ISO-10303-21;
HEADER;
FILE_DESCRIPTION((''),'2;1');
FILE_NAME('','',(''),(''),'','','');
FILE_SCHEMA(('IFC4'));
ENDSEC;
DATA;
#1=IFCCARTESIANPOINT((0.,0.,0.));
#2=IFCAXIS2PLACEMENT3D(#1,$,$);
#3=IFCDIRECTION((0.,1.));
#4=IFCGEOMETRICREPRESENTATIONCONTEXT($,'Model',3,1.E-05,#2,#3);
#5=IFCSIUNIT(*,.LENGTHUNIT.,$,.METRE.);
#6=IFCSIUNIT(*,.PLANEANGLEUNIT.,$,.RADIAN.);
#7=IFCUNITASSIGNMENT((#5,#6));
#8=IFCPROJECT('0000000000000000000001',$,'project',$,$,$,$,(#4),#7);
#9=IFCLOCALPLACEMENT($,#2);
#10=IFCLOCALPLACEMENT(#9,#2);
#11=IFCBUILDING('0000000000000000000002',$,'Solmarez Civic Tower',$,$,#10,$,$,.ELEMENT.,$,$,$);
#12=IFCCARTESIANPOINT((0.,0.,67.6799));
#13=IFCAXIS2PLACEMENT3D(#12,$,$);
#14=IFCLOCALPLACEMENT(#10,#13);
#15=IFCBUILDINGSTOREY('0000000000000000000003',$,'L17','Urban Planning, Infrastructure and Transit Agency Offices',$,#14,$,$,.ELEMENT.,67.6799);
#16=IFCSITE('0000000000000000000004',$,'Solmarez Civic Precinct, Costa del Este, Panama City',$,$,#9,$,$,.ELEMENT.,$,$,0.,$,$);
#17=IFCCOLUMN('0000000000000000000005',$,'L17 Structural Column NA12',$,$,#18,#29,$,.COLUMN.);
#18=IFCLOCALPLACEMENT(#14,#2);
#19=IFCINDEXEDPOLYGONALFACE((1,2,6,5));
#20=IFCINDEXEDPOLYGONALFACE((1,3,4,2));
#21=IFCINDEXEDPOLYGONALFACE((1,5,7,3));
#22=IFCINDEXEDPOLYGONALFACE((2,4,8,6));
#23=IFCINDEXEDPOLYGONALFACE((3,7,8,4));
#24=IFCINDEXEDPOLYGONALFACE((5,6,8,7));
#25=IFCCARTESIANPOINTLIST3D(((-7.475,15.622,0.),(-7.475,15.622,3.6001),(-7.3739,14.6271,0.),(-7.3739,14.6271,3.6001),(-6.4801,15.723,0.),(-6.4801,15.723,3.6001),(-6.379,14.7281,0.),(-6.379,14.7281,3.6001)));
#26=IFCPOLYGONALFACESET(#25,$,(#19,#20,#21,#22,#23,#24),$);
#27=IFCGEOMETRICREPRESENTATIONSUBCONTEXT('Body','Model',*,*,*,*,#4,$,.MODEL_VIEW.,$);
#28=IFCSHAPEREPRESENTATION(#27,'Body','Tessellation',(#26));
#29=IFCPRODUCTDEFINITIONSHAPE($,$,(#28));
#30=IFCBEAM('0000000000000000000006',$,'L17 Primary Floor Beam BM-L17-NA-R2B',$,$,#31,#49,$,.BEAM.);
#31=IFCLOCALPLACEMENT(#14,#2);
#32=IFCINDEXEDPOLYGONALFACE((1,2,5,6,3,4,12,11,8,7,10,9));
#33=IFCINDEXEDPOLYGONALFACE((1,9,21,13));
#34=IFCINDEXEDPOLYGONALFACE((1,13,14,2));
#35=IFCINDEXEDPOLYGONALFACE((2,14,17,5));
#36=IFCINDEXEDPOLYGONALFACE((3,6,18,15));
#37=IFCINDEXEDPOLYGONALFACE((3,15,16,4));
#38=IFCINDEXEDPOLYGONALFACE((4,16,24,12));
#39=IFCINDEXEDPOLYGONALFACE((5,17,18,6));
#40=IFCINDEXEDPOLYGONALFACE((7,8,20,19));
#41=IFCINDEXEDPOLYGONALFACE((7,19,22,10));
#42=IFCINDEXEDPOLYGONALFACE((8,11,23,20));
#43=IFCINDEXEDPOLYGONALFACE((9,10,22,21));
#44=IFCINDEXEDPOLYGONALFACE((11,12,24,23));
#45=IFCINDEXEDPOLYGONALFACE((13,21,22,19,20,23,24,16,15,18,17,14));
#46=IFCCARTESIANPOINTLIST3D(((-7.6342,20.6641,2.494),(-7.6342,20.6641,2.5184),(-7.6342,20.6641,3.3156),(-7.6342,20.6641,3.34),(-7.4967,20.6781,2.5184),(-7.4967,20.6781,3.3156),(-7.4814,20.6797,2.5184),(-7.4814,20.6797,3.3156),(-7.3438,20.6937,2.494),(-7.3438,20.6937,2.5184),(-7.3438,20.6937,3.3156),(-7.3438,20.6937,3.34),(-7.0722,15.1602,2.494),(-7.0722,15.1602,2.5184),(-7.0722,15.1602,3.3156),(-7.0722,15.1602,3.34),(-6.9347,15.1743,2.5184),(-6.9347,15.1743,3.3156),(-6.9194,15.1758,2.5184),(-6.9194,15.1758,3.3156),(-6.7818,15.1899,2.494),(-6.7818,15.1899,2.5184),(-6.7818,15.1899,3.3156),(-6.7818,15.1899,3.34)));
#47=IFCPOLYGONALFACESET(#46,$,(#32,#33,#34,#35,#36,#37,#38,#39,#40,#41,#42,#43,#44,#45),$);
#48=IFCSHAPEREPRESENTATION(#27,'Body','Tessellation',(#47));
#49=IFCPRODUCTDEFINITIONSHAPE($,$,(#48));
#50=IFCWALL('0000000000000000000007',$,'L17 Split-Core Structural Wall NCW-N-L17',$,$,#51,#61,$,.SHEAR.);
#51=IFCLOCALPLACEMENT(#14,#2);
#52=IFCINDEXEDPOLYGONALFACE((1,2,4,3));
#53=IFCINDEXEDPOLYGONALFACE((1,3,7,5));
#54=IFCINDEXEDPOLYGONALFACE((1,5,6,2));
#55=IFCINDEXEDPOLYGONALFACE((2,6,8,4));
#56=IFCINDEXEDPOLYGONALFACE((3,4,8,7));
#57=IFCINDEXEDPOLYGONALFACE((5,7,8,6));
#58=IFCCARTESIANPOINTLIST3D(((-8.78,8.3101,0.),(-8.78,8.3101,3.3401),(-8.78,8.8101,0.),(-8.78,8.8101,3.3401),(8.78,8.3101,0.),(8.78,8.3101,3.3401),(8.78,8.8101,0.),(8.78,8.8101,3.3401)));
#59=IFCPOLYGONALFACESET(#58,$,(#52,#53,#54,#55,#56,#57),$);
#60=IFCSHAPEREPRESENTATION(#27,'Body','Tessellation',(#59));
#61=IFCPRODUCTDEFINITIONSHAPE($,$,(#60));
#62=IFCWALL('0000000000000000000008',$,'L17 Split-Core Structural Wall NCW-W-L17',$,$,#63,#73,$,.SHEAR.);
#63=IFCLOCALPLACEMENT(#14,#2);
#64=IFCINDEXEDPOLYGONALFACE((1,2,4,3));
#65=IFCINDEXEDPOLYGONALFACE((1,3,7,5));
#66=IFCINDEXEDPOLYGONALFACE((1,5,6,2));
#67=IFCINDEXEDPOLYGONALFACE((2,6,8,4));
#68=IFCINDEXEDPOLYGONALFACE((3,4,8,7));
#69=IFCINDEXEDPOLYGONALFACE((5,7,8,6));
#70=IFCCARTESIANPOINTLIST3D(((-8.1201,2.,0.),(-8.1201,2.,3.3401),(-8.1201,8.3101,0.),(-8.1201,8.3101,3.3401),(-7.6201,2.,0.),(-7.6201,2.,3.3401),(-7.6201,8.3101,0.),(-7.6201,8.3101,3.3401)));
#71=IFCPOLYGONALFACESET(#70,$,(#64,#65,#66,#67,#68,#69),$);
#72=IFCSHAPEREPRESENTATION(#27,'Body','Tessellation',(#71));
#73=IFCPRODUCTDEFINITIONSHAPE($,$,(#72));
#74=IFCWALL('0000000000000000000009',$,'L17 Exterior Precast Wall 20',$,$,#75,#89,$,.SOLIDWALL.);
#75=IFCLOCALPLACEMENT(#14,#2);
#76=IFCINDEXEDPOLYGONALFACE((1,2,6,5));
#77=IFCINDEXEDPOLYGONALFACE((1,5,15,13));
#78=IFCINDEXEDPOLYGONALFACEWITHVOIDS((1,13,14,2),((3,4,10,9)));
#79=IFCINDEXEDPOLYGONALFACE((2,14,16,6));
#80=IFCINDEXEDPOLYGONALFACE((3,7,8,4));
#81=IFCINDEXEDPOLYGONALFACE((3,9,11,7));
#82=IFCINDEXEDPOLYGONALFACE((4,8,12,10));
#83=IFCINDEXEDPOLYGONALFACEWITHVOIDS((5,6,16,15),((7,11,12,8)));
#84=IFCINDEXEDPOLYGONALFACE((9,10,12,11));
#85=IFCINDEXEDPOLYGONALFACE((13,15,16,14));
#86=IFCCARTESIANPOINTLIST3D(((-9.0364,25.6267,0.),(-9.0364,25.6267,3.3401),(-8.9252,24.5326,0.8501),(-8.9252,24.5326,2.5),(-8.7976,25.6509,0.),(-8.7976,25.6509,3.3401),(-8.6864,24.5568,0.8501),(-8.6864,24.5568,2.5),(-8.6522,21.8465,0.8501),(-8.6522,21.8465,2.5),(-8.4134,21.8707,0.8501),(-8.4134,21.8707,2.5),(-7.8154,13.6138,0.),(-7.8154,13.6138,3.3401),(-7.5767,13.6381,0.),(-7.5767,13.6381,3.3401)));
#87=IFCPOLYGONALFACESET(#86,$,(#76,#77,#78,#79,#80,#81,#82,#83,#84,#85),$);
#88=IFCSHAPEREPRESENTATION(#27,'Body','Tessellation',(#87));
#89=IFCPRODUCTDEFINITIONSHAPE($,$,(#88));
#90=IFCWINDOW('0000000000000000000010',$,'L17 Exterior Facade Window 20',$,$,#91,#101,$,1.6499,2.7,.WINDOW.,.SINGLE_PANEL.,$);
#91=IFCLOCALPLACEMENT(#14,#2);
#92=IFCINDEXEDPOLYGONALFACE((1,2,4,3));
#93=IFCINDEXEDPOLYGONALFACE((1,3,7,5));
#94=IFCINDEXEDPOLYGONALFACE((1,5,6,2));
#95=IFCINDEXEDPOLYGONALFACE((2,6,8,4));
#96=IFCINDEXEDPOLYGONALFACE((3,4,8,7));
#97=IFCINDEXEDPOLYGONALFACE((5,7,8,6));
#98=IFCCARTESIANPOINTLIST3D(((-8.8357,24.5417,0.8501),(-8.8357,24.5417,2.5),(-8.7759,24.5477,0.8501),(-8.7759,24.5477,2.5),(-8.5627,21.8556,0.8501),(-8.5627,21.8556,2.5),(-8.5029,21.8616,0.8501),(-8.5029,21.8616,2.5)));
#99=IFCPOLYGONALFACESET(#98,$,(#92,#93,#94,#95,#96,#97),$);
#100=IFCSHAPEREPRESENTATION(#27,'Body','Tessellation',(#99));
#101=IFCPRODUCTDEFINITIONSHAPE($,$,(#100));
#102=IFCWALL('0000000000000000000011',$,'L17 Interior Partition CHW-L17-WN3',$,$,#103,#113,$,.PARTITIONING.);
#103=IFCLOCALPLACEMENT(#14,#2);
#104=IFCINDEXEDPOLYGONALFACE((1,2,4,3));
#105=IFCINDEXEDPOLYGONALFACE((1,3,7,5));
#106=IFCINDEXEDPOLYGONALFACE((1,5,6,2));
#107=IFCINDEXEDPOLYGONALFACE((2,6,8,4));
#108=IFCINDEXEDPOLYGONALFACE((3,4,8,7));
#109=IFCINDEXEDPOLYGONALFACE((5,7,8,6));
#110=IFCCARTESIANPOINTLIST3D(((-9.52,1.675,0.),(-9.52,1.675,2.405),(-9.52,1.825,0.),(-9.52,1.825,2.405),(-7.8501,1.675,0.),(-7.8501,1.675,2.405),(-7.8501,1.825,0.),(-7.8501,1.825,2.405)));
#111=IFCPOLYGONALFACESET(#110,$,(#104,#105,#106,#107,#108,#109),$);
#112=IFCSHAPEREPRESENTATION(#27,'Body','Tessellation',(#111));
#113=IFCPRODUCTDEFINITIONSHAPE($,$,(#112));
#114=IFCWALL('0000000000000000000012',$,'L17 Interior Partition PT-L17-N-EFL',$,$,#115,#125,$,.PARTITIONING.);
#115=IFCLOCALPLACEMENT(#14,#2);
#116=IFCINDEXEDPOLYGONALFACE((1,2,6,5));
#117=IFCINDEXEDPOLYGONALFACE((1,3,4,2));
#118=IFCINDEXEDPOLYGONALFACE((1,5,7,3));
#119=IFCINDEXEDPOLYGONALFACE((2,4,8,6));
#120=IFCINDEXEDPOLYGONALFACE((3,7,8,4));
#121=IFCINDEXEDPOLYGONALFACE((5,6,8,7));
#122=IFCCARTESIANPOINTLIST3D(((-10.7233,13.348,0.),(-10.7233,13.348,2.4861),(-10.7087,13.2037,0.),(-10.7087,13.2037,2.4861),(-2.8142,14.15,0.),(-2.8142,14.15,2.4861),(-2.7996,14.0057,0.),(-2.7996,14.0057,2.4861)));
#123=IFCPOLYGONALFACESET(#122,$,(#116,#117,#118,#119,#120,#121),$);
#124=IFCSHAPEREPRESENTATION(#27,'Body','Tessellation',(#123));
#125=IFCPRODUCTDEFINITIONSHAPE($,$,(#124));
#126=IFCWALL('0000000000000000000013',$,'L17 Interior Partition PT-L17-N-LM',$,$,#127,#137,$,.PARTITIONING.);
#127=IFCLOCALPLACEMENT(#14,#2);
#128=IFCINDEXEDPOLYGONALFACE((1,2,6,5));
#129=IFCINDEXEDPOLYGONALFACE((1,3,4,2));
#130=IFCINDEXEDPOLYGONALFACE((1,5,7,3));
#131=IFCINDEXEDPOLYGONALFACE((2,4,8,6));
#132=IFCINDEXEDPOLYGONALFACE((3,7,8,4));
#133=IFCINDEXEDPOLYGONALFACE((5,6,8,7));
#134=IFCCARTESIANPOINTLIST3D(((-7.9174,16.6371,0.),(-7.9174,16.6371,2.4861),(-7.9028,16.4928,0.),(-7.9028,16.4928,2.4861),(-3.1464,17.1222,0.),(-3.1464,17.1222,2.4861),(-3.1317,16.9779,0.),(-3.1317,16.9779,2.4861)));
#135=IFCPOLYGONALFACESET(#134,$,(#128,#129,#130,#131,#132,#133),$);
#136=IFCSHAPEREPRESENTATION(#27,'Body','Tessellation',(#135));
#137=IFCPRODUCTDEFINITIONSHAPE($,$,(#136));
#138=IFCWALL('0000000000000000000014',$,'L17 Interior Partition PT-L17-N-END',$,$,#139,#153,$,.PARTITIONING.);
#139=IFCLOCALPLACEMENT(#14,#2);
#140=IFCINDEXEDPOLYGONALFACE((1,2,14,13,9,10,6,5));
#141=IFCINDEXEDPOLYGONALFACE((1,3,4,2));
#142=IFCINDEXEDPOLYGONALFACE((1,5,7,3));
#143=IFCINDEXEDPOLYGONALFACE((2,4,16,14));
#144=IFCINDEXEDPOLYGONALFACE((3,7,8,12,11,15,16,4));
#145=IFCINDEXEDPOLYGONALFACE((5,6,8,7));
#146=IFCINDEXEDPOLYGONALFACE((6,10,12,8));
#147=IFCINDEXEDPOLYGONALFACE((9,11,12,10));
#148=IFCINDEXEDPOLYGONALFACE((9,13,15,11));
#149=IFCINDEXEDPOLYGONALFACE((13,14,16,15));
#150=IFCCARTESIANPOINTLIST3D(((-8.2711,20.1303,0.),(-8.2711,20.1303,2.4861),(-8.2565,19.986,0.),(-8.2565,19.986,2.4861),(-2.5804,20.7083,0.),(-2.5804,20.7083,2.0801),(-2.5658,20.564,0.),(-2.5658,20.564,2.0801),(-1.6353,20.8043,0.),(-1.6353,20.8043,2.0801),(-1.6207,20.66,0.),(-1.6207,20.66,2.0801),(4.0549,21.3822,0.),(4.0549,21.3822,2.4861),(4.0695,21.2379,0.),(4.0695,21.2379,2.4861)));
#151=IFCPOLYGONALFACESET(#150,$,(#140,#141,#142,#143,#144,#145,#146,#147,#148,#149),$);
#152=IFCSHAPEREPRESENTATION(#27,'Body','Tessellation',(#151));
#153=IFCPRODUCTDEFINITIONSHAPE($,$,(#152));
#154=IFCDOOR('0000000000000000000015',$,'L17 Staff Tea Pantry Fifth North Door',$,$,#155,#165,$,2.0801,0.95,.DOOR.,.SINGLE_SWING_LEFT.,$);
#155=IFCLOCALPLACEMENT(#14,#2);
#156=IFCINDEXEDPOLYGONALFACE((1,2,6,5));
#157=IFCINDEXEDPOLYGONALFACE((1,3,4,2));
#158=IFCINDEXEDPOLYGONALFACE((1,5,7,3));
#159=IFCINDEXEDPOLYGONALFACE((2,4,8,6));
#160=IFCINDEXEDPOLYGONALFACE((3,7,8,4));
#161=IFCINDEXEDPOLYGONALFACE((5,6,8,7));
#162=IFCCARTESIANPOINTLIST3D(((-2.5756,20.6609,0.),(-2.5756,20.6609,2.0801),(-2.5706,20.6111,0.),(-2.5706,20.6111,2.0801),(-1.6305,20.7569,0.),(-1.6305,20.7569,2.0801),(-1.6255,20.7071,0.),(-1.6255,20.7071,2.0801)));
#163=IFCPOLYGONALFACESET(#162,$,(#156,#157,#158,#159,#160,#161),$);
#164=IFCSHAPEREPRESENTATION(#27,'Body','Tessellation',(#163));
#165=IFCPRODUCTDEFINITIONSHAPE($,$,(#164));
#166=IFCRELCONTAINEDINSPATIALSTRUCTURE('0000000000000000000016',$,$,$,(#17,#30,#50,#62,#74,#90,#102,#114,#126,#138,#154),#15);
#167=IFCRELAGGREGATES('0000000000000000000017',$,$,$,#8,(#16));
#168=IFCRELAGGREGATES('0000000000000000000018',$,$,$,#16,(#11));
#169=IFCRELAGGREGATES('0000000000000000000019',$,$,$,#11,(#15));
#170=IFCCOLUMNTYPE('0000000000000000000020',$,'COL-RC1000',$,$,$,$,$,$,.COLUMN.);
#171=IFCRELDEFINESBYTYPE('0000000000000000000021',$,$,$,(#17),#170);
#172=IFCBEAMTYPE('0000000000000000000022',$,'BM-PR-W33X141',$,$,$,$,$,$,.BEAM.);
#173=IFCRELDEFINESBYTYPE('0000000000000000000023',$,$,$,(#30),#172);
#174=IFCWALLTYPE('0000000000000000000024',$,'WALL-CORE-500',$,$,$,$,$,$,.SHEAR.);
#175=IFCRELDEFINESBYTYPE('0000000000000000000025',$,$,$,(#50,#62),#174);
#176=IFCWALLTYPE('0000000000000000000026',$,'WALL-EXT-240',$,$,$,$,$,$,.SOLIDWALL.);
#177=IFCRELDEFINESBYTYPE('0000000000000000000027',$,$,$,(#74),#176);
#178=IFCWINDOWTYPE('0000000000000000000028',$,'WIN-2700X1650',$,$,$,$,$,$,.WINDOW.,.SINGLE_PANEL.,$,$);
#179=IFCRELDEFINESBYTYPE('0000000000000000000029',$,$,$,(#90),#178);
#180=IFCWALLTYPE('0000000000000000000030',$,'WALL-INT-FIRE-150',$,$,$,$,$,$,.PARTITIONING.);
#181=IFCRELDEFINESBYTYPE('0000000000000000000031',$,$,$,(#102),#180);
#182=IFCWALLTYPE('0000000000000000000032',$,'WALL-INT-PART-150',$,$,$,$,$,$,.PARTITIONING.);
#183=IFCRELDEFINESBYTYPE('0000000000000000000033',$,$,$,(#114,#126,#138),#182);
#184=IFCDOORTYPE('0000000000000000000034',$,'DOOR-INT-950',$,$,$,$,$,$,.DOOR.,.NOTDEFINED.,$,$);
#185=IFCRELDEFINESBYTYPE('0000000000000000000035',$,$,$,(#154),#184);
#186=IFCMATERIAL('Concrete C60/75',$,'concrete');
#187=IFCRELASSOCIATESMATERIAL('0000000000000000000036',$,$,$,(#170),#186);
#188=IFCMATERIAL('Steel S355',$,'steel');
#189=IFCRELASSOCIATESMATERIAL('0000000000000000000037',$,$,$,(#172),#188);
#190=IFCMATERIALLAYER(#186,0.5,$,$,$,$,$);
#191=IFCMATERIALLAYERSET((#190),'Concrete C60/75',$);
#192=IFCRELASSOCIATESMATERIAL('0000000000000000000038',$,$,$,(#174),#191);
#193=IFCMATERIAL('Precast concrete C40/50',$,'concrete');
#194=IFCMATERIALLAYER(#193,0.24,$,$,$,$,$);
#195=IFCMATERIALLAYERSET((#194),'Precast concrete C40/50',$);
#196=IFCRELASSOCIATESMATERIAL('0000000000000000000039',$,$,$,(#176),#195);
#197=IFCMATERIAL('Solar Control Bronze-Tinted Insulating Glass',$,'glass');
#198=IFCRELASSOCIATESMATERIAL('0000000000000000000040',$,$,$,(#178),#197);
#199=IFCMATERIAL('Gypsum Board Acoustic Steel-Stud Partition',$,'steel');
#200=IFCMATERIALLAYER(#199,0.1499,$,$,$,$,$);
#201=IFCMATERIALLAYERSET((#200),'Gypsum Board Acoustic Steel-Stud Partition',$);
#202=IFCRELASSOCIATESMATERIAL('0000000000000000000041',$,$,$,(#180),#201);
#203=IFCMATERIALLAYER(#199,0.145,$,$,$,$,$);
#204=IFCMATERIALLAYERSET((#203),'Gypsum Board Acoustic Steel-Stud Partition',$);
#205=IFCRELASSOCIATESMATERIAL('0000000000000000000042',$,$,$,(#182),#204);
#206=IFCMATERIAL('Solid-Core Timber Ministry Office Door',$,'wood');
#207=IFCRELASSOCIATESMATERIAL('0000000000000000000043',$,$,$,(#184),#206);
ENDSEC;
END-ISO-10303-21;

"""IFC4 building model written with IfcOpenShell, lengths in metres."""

from ifc_helpers import new_model, si_unit, direction, frame, frame_2d, origin, origin_2d, place, context, subcontext, project, spatial, rectangle, i_section, extrude, material, layer, layer_set, material_profile, profile_set, type_object, element, fill, save


model = new_model("IFC4")

# Units and contexts
model_context = context("Model", 3, precision=1e-05, world=origin(), true_north=direction((0.0, 1.0)))
body_context = subcontext(model_context, "Body", "Model", "MODEL_VIEW")
ifc_project = project(units=[si_unit("LENGTHUNIT", "METRE"), si_unit("PLANEANGLEUNIT", "RADIAN")], contexts=[model_context])

# Site, building, storey
site_placement = place(None, origin())
site = spatial("IfcSite", under=ifc_project, at=site_placement, Name="Solmarez Civic Precinct, Costa del Este, Panama City", CompositionType="ELEMENT", RefElevation=0.0)
building_placement = place(site_placement, origin())
building = spatial("IfcBuilding", under=site, at=building_placement, Name="Solmarez Civic Tower", CompositionType="ELEMENT")
storey_placement = place(building_placement, frame((0.0, 0.0, 67.6799)))
storey = spatial("IfcBuildingStorey", under=building, at=storey_placement, Name="L17", Description="Urban Planning, Infrastructure and Transit Agency Offices", CompositionType="ELEMENT", Elevation=67.6799)

# Column
ifc_material_1 = material(Name="Concrete C60/75", Category="concrete")
ifc_material_profile_1 = material_profile(ifc_material_1, rectangle(XDim=1.0, YDim=1.0, at=origin_2d()), Name="RC1000X1000")
ifc_profile_set_1 = profile_set([ifc_material_profile_1], Name="Concrete C60/75")
column_type = type_object("IfcColumnType", Name="COL-RC1000", PredefinedType="COLUMN", material=ifc_profile_set_1)
column_placement = place(storey_placement, frame((-6.927, 15.175, 0.0), z_axis=(0.0, 0.0, 1.0), x_axis=(0.994881, 0.101056, 0.0)))
element("IfcColumn", 1, at=column_placement, inside=storey, type_object=column_type, Name="L17 Structural Column NA12", PredefinedType="COLUMN", context=body_context, shape_type="SweptSolid", body=[
    extrude(rectangle(XDim=1.0, YDim=1.0, at=origin_2d()), origin(), (0.0, 0.0, 1.0), 3.6001),
])

# Beam
ifc_material_2 = material(Name="Steel S355", Category="steel")
ifc_material_profile_2 = material_profile(ifc_material_2, i_section(OverallWidth=0.292, OverallDepth=0.8459, WebThickness=0.0154, FlangeThickness=0.0244, at=origin_2d()), Name="W33X141")
ifc_profile_set_2 = profile_set([ifc_material_profile_2], Name="Steel S355")
beam_type = type_object("IfcBeamType", Name="BM-PR-W33X141", PredefinedType="BEAM", material=ifc_profile_set_2)
beam_placement = place(storey_placement, frame((-6.927, 15.175, 2.917), z_axis=(-0.101583, 0.994827, 0.0), x_axis=(-0.994827, -0.101583, 0.0)))
element("IfcBeam", 2, at=beam_placement, inside=storey, type_object=beam_type, Name="L17 Primary Floor Beam BM-L17-NA-R2B", PredefinedType="BEAM", context=body_context, shape_type="SweptSolid", body=[
    extrude(i_section(OverallWidth=0.292, OverallDepth=0.8459, WebThickness=0.0154, FlangeThickness=0.0244, at=origin_2d()), origin(), (0.0, 0.0, 1.0), 5.5325),
])

# Walls
ifc_layer_1 = layer(ifc_material_1, 0.5)
ifc_layer_set_1 = layer_set([ifc_layer_1], Name="Concrete C60/75")
wall_type_1 = type_object("IfcWallType", Name="WALL-CORE-500", PredefinedType="SHEAR", material=ifc_layer_set_1)
wall_1_placement = place(storey_placement, frame((-8.78, 8.5601, 0.0), z_axis=(0.0, 0.0, 1.0), x_axis=(1.0, 0.0, 0.0)))
element("IfcWall", 3, at=wall_1_placement, inside=storey, type_object=wall_type_1, Name="L17 Split-Core Structural Wall NCW-N-L17", PredefinedType="SHEAR", context=body_context, shape_type="SweptSolid", body=[
    extrude(rectangle(XDim=17.5601, YDim=0.5, at=frame_2d((8.78, 0.0))), origin(), (0.0, 0.0, 1.0), 3.3401),
])
wall_2_placement = place(storey_placement, frame((-7.8701, 2.0, 0.0), z_axis=(0.0, 0.0, 1.0), x_axis=(0.0, 1.0, 0.0)))
element("IfcWall", 4, at=wall_2_placement, inside=storey, type_object=wall_type_1, Name="L17 Split-Core Structural Wall NCW-W-L17", PredefinedType="SHEAR", context=body_context, shape_type="SweptSolid", body=[
    extrude(rectangle(XDim=6.3101, YDim=0.5, at=frame_2d((3.155, 0.0))), origin(), (0.0, 0.0, 1.0), 3.3401),
])

# Wall, opening, window
ifc_material_3 = material(Name="Precast concrete C40/50", Category="concrete")
ifc_layer_2 = layer(ifc_material_3, 0.24)
ifc_layer_set_2 = layer_set([ifc_layer_2], Name="Precast concrete C40/50")
wall_type_2 = type_object("IfcWallType", Name="WALL-EXT-240", PredefinedType="SOLIDWALL", material=ifc_layer_set_2)
wall_3_placement = place(storey_placement, frame((-7.696, 13.626, 0.0), z_axis=(0.0, 0.0, 1.0), x_axis=(-0.101115, 0.994875, 0.0)))
wall_3 = element("IfcWall", 5, at=wall_3_placement, inside=storey, type_object=wall_type_2, Name="L17 Exterior Precast Wall 20", PredefinedType="SOLIDWALL", context=body_context, shape_type="SweptSolid", body=[
    extrude(rectangle(XDim=12.0747, YDim=0.24, at=frame_2d((6.0374, 0.0))), origin(), (0.0, 0.0, 1.0), 3.3401),
])
opening_1_placement = place(wall_3_placement, frame((8.2749, 0.0, 0.8501)))
opening_1 = element("IfcOpeningElement", 6, at=opening_1_placement, cuts=wall_3, PredefinedType="OPENING", context=body_context, shape_type="SweptSolid", body=[
    extrude(rectangle(XDim=2.7, YDim=1.6499, at=frame_2d((1.3501, 0.825))), frame((0.0, 0.1299, 0.0), z_axis=(0.0, -1.0, 0.0), x_axis=(1.0, 0.0, 0.0)), (0.0, 0.0, 1.0), 0.26),
])
ifc_material_4 = material(Name="Solar Control Bronze-Tinted Insulating Glass", Category="glass")
window_type = type_object("IfcWindowType", Name="WIN-2700X1650", PartitioningType="SINGLE_PANEL", PredefinedType="WINDOW", material=ifc_material_4)
window_placement = place(opening_1_placement, origin())
window = element("IfcWindow", 7, at=window_placement, inside=storey, type_object=window_type, Name="L17 Exterior Facade Window 20", OverallHeight=1.6499, OverallWidth=2.7, PartitioningType="SINGLE_PANEL", PredefinedType="WINDOW", context=body_context, shape_type="SweptSolid", body=[
    extrude(rectangle(XDim=2.7, YDim=1.6499, at=frame_2d((1.3501, 0.825))), frame((0.0, 0.03, 0.0), z_axis=(0.0, -1.0, 0.0), x_axis=(1.0, 0.0, 0.0)), (0.0, 0.0, 1.0), 0.0601),
])
fill(opening_1, window)

# Walls
ifc_material_5 = material(Name="Gypsum Board Acoustic Steel-Stud Partition", Category="steel")
ifc_layer_3 = layer(ifc_material_5, 0.1499)
ifc_layer_set_3 = layer_set([ifc_layer_3], Name="Gypsum Board Acoustic Steel-Stud Partition")
wall_type_3 = type_object("IfcWallType", Name="WALL-INT-FIRE-150", PredefinedType="PARTITIONING", material=ifc_layer_set_3)
wall_4_placement = place(storey_placement, frame((-7.8501, 1.75, 0.0), z_axis=(0.0, 0.0, 1.0), x_axis=(-1.0, 0.0, 0.0)))
element("IfcWall", 8, at=wall_4_placement, inside=storey, type_object=wall_type_3, Name="L17 Interior Partition CHW-L17-WN3", PredefinedType="PARTITIONING", context=body_context, shape_type="SweptSolid", body=[
    extrude(rectangle(XDim=1.6699, YDim=0.1499, at=frame_2d((0.835, 0.0))), origin(), (0.0, 0.0, 1.0), 2.405),
])
ifc_layer_4 = layer(ifc_material_5, 0.145)
ifc_layer_set_4 = layer_set([ifc_layer_4], Name="Gypsum Board Acoustic Steel-Stud Partition")
wall_type_4 = type_object("IfcWallType", Name="WALL-INT-PART-150", PredefinedType="PARTITIONING", material=ifc_layer_set_4)
wall_5_placement = place(storey_placement, frame((-2.8069, 14.0779, 0.0), z_axis=(0.0, 0.0, 1.0), x_axis=(-0.994898, -0.100884, 0.0)))
element("IfcWall", 9, at=wall_5_placement, inside=storey, type_object=wall_type_4, Name="L17 Interior Partition PT-L17-N-EFL", PredefinedType="PARTITIONING", context=body_context, shape_type="SweptSolid", body=[
    extrude(rectangle(XDim=7.9497, YDim=0.145, at=frame_2d((3.9749, 0.0))), origin(), (0.0, 0.0, 1.0), 2.4861),
])
wall_6_placement = place(storey_placement, frame((-3.1389, 17.05, 0.0), z_axis=(0.0, 0.0, 1.0), x_axis=(-0.99487, -0.101157, 0.0)))
element("IfcWall", 10, at=wall_6_placement, inside=storey, type_object=wall_type_4, Name="L17 Interior Partition PT-L17-N-LM", PredefinedType="PARTITIONING", context=body_context, shape_type="SweptSolid", body=[
    extrude(rectangle(XDim=4.7957, YDim=0.145, at=frame_2d((2.3979, 0.0))), origin(), (0.0, 0.0, 1.0), 2.4861),
])

# Wall, opening, door
wall_7_placement = place(storey_placement, frame((-8.2639, 20.0581, 0.0), z_axis=(0.0, 0.0, 1.0), x_axis=(0.994881, 0.101051, 0.0)))
wall_7 = element("IfcWall", 11, at=wall_7_placement, inside=storey, type_object=wall_type_4, Name="L17 Interior Partition PT-L17-N-END", PredefinedType="PARTITIONING", context=body_context, shape_type="SweptSolid", body=[
    extrude(rectangle(XDim=12.3894, YDim=0.145, at=frame_2d((6.1948, 0.0))), origin(), (0.0, 0.0, 1.0), 2.4861),
])
opening_2_placement = place(wall_7_placement, frame((5.72, 0.0, 0.0)))
opening_2 = element("IfcOpeningElement", 12, at=opening_2_placement, cuts=wall_7, PredefinedType="OPENING", context=body_context, shape_type="SweptSolid", body=[
    extrude(rectangle(XDim=0.95, YDim=2.0801, at=frame_2d((0.4751, 1.04))), frame((0.0, 0.0825, 0.0), z_axis=(0.0, -1.0, 0.0), x_axis=(1.0, 0.0, 0.0)), (0.0, 0.0, 1.0), 0.165),
])
ifc_material_6 = material(Name="Solid-Core Timber Ministry Office Door", Category="wood")
door_type = type_object("IfcDoorType", Name="DOOR-INT-950", OperationType="NOTDEFINED", PredefinedType="DOOR", material=ifc_material_6)
door_placement = place(opening_2_placement, origin())
door = element("IfcDoor", 13, at=door_placement, inside=storey, type_object=door_type, Name="L17 Staff Tea Pantry Fifth North Door", OperationType="SINGLE_SWING_LEFT", OverallHeight=2.0801, OverallWidth=0.95, PredefinedType="DOOR", context=body_context, shape_type="SweptSolid", body=[
    extrude(rectangle(XDim=0.95, YDim=2.0801, at=frame_2d((0.4751, 1.04))), frame((0.0, 0.0249, 0.0), z_axis=(0.0, -1.0, 0.0), x_axis=(1.0, 0.0, 0.0)), (0.0, 0.0, 1.0), 0.05),
])
fill(opening_2, door)

save(model, "model.ifc")
